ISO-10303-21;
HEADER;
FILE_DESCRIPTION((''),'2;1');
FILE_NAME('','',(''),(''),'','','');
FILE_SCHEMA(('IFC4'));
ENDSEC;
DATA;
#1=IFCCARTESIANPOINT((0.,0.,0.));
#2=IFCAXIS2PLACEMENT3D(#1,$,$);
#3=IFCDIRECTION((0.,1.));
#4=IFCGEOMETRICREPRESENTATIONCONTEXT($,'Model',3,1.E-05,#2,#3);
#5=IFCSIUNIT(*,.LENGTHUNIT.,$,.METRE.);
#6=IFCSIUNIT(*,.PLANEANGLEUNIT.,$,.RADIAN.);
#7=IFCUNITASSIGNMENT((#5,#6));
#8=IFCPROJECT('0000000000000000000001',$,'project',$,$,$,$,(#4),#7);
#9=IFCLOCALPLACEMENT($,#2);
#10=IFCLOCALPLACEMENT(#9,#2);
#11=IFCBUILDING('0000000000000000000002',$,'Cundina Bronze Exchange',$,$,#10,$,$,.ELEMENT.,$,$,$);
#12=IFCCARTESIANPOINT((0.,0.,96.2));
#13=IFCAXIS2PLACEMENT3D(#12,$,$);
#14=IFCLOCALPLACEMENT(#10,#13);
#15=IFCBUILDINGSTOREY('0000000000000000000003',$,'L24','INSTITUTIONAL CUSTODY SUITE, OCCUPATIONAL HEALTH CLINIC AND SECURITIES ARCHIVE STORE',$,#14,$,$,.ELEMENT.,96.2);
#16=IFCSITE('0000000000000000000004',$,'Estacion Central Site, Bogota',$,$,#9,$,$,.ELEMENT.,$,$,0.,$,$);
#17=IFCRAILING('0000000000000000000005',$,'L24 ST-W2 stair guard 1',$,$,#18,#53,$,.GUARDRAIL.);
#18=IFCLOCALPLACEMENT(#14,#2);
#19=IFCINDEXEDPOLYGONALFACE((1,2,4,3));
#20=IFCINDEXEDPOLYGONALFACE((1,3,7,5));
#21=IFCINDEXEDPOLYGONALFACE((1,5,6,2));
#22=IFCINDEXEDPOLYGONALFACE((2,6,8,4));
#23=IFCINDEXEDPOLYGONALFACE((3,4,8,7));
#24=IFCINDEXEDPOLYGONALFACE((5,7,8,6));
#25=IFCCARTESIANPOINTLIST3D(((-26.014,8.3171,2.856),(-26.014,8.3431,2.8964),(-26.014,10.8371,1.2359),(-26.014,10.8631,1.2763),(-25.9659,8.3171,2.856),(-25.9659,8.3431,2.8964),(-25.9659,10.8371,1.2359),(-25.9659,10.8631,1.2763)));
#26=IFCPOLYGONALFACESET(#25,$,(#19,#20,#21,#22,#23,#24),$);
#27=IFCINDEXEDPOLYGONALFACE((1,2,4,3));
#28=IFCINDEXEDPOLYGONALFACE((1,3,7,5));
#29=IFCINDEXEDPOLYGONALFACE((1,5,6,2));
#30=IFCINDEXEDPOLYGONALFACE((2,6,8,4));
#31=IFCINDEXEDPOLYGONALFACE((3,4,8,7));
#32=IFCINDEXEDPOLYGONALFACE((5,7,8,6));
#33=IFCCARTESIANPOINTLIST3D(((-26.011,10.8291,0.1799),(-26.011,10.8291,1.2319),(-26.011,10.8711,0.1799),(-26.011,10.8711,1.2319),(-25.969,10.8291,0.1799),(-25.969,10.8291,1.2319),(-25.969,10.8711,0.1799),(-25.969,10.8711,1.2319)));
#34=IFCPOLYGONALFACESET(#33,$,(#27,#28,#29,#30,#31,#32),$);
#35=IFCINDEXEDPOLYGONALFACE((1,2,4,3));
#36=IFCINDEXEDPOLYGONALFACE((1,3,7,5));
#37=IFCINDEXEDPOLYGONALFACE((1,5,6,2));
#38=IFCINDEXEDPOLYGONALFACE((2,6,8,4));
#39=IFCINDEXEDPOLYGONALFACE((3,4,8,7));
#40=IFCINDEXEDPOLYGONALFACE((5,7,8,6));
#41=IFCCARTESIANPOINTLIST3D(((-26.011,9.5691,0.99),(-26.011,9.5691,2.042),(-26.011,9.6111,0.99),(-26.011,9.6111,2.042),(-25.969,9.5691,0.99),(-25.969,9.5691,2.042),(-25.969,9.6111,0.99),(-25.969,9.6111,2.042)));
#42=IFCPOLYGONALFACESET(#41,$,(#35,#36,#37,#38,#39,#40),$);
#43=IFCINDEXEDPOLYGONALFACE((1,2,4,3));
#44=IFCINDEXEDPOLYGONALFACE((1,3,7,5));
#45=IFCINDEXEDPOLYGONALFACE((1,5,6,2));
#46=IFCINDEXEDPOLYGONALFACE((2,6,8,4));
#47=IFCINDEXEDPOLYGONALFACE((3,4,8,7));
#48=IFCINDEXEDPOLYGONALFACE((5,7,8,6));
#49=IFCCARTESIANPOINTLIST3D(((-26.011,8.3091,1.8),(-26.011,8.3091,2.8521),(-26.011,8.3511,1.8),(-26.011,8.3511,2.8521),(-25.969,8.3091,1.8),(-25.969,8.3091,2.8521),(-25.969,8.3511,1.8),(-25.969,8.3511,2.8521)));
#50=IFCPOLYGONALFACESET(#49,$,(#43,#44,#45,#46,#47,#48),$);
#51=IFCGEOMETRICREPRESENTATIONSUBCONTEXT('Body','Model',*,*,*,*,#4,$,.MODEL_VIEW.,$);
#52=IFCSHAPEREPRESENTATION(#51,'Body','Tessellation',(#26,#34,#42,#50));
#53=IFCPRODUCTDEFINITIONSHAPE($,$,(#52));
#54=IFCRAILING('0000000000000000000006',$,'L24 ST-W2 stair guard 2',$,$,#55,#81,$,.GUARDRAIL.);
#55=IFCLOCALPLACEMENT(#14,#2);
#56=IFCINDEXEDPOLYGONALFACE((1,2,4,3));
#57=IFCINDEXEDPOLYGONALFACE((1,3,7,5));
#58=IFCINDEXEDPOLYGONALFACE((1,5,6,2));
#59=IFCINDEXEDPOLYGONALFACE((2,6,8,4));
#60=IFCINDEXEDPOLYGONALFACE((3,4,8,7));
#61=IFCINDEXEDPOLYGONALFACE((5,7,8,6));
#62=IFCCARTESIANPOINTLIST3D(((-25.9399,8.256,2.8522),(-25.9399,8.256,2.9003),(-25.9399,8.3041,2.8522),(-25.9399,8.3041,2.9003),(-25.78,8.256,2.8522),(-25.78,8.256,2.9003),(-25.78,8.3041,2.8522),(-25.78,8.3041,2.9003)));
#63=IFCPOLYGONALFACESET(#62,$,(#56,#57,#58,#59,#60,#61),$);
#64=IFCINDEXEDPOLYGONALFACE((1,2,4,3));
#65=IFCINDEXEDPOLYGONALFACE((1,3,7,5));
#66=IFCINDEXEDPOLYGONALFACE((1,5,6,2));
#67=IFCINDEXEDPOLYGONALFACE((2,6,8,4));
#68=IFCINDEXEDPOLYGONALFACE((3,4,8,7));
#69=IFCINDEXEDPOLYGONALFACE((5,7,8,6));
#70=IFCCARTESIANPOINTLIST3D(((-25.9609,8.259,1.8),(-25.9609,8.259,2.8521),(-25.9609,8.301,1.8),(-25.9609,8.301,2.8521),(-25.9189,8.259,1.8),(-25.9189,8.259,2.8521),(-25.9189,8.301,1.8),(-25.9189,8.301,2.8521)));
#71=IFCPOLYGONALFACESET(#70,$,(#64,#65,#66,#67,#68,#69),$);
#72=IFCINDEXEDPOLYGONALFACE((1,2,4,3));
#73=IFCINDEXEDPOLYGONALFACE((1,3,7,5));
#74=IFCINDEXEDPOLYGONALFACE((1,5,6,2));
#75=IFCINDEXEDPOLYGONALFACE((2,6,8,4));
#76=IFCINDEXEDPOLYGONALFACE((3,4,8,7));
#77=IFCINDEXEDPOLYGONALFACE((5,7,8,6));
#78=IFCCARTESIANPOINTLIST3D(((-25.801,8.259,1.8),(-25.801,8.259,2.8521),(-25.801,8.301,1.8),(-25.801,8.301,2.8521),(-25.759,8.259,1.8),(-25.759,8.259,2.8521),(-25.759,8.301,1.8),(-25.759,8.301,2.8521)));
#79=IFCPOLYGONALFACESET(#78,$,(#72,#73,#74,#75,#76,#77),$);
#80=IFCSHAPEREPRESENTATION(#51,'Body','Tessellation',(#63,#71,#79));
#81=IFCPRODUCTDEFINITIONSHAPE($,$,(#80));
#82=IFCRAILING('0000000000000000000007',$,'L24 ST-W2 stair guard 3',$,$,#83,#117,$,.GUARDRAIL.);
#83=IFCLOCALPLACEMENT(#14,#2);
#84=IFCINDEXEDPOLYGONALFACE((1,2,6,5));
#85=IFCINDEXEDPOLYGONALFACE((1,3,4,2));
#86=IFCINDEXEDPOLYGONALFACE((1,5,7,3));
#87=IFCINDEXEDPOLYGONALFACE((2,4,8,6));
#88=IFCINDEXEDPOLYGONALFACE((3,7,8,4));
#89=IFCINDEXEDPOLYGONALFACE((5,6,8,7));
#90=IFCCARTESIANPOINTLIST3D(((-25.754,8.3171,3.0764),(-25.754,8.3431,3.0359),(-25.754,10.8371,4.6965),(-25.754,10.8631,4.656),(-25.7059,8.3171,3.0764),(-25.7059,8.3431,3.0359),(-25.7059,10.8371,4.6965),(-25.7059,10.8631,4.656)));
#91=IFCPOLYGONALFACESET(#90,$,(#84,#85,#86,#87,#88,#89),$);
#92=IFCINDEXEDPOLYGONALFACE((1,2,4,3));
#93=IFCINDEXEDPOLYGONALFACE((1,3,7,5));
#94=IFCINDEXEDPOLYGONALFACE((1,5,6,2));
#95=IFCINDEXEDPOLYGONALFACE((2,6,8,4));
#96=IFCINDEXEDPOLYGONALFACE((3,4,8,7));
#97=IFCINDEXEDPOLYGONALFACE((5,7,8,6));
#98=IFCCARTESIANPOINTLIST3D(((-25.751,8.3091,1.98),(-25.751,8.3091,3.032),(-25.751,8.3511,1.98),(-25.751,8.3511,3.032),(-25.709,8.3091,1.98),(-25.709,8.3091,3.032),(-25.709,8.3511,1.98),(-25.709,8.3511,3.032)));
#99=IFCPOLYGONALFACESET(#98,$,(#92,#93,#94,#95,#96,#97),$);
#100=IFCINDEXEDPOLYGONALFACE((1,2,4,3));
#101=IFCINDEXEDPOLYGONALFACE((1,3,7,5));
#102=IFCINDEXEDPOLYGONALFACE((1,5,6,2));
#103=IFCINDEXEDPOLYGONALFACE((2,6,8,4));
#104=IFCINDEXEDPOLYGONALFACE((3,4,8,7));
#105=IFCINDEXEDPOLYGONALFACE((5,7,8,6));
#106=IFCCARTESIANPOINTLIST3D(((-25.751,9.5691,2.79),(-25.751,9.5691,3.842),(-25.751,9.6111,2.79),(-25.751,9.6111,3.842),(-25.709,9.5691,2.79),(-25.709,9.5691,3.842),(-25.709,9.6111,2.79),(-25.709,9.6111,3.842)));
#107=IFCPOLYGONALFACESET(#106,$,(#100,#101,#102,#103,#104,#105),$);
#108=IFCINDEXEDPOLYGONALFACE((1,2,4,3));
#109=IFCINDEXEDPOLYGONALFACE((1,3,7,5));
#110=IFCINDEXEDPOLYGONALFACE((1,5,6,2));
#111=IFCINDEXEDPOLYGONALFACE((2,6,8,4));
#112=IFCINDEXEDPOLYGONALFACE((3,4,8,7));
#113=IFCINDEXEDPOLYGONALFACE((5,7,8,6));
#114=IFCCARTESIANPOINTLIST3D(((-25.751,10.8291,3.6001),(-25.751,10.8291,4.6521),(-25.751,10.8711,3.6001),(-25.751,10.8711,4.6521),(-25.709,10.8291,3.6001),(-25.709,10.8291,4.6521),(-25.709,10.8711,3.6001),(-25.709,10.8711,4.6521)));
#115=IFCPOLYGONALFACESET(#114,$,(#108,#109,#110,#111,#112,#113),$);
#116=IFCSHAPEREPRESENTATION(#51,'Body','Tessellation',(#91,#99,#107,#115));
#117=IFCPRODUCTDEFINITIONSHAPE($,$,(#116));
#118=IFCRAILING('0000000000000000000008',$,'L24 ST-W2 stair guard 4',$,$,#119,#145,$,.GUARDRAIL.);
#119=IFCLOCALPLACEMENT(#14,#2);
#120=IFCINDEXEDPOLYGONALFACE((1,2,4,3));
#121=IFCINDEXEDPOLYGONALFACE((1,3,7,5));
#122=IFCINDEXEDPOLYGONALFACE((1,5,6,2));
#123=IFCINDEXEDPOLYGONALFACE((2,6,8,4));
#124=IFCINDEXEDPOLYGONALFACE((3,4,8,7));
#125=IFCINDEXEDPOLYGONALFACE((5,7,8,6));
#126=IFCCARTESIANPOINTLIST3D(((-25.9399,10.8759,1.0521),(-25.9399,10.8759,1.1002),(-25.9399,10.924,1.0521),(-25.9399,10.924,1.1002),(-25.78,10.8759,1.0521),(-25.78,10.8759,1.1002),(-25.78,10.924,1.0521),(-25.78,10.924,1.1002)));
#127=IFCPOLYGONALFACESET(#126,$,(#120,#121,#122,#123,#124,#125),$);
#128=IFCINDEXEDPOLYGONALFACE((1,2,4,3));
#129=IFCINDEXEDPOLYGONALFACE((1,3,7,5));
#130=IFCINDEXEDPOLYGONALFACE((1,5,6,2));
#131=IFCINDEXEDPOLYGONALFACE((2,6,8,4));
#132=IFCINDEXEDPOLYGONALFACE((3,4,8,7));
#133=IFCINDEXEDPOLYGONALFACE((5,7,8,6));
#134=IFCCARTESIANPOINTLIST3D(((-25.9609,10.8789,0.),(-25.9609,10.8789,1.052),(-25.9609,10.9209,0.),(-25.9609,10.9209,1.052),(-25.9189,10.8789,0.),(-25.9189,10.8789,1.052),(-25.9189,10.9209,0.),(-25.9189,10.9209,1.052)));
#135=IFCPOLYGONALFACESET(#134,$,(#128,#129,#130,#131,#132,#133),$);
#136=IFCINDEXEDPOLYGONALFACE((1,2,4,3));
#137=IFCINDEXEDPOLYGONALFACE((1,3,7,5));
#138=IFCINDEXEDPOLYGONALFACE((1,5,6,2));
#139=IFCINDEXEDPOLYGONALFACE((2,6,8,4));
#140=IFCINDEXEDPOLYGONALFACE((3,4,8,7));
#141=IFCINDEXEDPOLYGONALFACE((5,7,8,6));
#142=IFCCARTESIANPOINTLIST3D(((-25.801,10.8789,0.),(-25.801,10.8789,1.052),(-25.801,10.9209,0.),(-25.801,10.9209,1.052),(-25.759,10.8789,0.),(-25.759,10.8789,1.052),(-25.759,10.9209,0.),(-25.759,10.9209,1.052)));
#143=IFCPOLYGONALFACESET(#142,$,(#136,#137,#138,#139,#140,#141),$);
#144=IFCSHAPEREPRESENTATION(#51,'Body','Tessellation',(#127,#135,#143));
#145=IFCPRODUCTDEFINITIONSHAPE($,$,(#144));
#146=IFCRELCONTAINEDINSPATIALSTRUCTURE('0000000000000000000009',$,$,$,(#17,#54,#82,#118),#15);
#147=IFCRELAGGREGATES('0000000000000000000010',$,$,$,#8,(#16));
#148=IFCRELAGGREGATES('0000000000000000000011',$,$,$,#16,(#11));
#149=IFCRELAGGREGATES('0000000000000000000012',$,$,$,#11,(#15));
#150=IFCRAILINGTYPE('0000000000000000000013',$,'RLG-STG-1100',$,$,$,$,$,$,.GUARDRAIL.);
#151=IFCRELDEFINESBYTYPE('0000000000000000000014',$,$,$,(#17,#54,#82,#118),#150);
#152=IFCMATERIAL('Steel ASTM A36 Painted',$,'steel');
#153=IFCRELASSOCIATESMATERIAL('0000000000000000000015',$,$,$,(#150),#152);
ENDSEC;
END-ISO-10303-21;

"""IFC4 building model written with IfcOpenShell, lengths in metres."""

from ifc_helpers import new_model, si_unit, direction, frame, origin, origin_2d, place, context, subcontext, project, spatial, rectangle, extrude, material, type_object, element, save


model = new_model("IFC4")

# Units and contexts
model_context = context("Model", 3, precision=1e-05, world=origin(), true_north=direction((0.0, 1.0)))
body_context = subcontext(model_context, "Body", "Model", "MODEL_VIEW")
ifc_project = project(units=[si_unit("LENGTHUNIT", "METRE"), si_unit("PLANEANGLEUNIT", "RADIAN")], contexts=[model_context])

# Site, building, storey
site_placement = place(None, origin())
site = spatial("IfcSite", under=ifc_project, at=site_placement, Name="Estacion Central Site, Bogota", CompositionType="ELEMENT", RefElevation=0.0)
building_placement = place(site_placement, origin())
building = spatial("IfcBuilding", under=site, at=building_placement, Name="Cundina Bronze Exchange", CompositionType="ELEMENT")
storey_placement = place(building_placement, frame((0.0, 0.0, 96.2)))
storey = spatial("IfcBuildingStorey", under=building, at=storey_placement, Name="L24", Description="INSTITUTIONAL CUSTODY SUITE, OCCUPATIONAL HEALTH CLINIC AND SECURITIES ARCHIVE STORE", CompositionType="ELEMENT", Elevation=96.2)

# Shared definitions
ifc_material_1 = material(Name="Steel ASTM A36 Painted", Category="steel")

# Railings
railing_type_1 = type_object("IfcRailingType", Name="RLG-STG-1100", PredefinedType="GUARDRAIL", material=ifc_material_1)
railing_1_placement = place(storey_placement, frame((-25.99, 10.8501, 0.1799)))
element("IfcRailing", 1, at=railing_1_placement, inside=storey, type_object=railing_type_1, Name="L24 ST-W2 stair guard 1", PredefinedType="GUARDRAIL", context=body_context, shape_type="SweptSolid", body=[
    extrude(rectangle(XDim=0.0481, YDim=0.0481, at=origin_2d()), frame((0.0, 0.0, 1.0762), z_axis=(0.0, -0.841163, 0.540782), x_axis=(1.0, 0.0, 0.0)), (0.0, 0.0, 1.0), 2.9958),
    extrude(rectangle(XDim=0.042, YDim=0.042, at=origin_2d()), origin(), (0.0, 0.0, 1.0), 1.052),
    extrude(rectangle(XDim=0.042, YDim=0.042, at=origin_2d()), frame((0.0, -1.26, 0.8101)), (0.0, 0.0, 1.0), 1.052),
    extrude(rectangle(XDim=0.042, YDim=0.042, at=origin_2d()), frame((0.0, -2.52, 1.6201)), (0.0, 0.0, 1.0), 1.052),
])
railing_2_placement = place(storey_placement, frame((-25.9399, 8.28, 1.8)))
element("IfcRailing", 2, at=railing_2_placement, inside=storey, type_object=railing_type_1, Name="L24 ST-W2 stair guard 2", PredefinedType="GUARDRAIL", context=body_context, shape_type="SweptSolid", body=[
    extrude(rectangle(XDim=0.0481, YDim=0.0481, at=origin_2d()), frame((0.0, 0.0, 1.0762), z_axis=(1.0, 0.0, 0.0), x_axis=(0.0, 1.0, 0.0)), (0.0, 0.0, 1.0), 0.1599),
    extrude(rectangle(XDim=0.042, YDim=0.042, at=origin_2d()), origin(), (0.0, 0.0, 1.0), 1.052),
    extrude(rectangle(XDim=0.042, YDim=0.042, at=origin_2d()), frame((0.1599, 0.0, 0.0)), (0.0, 0.0, 1.0), 1.052),
])
railing_3_placement = place(storey_placement, frame((-25.73, 8.3301, 1.98)))
element("IfcRailing", 3, at=railing_3_placement, inside=storey, type_object=railing_type_1, Name="L24 ST-W2 stair guard 3", PredefinedType="GUARDRAIL", context=body_context, shape_type="SweptSolid", body=[
    extrude(rectangle(XDim=0.0481, YDim=0.0481, at=origin_2d()), frame((0.0, 0.0, 1.0762), z_axis=(0.0, 0.841163, 0.540782), x_axis=(-1.0, 0.0, 0.0)), (0.0, 0.0, 1.0), 2.9958),
    extrude(rectangle(XDim=0.042, YDim=0.042, at=origin_2d()), origin(), (0.0, 0.0, 1.0), 1.052),
    extrude(rectangle(XDim=0.042, YDim=0.042, at=origin_2d()), frame((0.0, 1.26, 0.8101)), (0.0, 0.0, 1.0), 1.052),
    extrude(rectangle(XDim=0.042, YDim=0.042, at=origin_2d()), frame((0.0, 2.52, 1.6201)), (0.0, 0.0, 1.0), 1.052),
])
railing_4_placement = place(storey_placement, frame((-25.9399, 10.8999, 0.0)))
element("IfcRailing", 4, at=railing_4_placement, inside=storey, type_object=railing_type_1, Name="L24 ST-W2 stair guard 4", PredefinedType="GUARDRAIL", context=body_context, shape_type="SweptSolid", body=[
    extrude(rectangle(XDim=0.0481, YDim=0.0481, at=origin_2d()), frame((0.0, 0.0, 1.0762), z_axis=(1.0, 0.0, 0.0), x_axis=(0.0, 1.0, 0.0)), (0.0, 0.0, 1.0), 0.1599),
    extrude(rectangle(XDim=0.042, YDim=0.042, at=origin_2d()), origin(), (0.0, 0.0, 1.0), 1.052),
    extrude(rectangle(XDim=0.042, YDim=0.042, at=origin_2d()), frame((0.1599, 0.0, 0.0)), (0.0, 0.0, 1.0), 1.052),
])

save(model, "model.ifc")
